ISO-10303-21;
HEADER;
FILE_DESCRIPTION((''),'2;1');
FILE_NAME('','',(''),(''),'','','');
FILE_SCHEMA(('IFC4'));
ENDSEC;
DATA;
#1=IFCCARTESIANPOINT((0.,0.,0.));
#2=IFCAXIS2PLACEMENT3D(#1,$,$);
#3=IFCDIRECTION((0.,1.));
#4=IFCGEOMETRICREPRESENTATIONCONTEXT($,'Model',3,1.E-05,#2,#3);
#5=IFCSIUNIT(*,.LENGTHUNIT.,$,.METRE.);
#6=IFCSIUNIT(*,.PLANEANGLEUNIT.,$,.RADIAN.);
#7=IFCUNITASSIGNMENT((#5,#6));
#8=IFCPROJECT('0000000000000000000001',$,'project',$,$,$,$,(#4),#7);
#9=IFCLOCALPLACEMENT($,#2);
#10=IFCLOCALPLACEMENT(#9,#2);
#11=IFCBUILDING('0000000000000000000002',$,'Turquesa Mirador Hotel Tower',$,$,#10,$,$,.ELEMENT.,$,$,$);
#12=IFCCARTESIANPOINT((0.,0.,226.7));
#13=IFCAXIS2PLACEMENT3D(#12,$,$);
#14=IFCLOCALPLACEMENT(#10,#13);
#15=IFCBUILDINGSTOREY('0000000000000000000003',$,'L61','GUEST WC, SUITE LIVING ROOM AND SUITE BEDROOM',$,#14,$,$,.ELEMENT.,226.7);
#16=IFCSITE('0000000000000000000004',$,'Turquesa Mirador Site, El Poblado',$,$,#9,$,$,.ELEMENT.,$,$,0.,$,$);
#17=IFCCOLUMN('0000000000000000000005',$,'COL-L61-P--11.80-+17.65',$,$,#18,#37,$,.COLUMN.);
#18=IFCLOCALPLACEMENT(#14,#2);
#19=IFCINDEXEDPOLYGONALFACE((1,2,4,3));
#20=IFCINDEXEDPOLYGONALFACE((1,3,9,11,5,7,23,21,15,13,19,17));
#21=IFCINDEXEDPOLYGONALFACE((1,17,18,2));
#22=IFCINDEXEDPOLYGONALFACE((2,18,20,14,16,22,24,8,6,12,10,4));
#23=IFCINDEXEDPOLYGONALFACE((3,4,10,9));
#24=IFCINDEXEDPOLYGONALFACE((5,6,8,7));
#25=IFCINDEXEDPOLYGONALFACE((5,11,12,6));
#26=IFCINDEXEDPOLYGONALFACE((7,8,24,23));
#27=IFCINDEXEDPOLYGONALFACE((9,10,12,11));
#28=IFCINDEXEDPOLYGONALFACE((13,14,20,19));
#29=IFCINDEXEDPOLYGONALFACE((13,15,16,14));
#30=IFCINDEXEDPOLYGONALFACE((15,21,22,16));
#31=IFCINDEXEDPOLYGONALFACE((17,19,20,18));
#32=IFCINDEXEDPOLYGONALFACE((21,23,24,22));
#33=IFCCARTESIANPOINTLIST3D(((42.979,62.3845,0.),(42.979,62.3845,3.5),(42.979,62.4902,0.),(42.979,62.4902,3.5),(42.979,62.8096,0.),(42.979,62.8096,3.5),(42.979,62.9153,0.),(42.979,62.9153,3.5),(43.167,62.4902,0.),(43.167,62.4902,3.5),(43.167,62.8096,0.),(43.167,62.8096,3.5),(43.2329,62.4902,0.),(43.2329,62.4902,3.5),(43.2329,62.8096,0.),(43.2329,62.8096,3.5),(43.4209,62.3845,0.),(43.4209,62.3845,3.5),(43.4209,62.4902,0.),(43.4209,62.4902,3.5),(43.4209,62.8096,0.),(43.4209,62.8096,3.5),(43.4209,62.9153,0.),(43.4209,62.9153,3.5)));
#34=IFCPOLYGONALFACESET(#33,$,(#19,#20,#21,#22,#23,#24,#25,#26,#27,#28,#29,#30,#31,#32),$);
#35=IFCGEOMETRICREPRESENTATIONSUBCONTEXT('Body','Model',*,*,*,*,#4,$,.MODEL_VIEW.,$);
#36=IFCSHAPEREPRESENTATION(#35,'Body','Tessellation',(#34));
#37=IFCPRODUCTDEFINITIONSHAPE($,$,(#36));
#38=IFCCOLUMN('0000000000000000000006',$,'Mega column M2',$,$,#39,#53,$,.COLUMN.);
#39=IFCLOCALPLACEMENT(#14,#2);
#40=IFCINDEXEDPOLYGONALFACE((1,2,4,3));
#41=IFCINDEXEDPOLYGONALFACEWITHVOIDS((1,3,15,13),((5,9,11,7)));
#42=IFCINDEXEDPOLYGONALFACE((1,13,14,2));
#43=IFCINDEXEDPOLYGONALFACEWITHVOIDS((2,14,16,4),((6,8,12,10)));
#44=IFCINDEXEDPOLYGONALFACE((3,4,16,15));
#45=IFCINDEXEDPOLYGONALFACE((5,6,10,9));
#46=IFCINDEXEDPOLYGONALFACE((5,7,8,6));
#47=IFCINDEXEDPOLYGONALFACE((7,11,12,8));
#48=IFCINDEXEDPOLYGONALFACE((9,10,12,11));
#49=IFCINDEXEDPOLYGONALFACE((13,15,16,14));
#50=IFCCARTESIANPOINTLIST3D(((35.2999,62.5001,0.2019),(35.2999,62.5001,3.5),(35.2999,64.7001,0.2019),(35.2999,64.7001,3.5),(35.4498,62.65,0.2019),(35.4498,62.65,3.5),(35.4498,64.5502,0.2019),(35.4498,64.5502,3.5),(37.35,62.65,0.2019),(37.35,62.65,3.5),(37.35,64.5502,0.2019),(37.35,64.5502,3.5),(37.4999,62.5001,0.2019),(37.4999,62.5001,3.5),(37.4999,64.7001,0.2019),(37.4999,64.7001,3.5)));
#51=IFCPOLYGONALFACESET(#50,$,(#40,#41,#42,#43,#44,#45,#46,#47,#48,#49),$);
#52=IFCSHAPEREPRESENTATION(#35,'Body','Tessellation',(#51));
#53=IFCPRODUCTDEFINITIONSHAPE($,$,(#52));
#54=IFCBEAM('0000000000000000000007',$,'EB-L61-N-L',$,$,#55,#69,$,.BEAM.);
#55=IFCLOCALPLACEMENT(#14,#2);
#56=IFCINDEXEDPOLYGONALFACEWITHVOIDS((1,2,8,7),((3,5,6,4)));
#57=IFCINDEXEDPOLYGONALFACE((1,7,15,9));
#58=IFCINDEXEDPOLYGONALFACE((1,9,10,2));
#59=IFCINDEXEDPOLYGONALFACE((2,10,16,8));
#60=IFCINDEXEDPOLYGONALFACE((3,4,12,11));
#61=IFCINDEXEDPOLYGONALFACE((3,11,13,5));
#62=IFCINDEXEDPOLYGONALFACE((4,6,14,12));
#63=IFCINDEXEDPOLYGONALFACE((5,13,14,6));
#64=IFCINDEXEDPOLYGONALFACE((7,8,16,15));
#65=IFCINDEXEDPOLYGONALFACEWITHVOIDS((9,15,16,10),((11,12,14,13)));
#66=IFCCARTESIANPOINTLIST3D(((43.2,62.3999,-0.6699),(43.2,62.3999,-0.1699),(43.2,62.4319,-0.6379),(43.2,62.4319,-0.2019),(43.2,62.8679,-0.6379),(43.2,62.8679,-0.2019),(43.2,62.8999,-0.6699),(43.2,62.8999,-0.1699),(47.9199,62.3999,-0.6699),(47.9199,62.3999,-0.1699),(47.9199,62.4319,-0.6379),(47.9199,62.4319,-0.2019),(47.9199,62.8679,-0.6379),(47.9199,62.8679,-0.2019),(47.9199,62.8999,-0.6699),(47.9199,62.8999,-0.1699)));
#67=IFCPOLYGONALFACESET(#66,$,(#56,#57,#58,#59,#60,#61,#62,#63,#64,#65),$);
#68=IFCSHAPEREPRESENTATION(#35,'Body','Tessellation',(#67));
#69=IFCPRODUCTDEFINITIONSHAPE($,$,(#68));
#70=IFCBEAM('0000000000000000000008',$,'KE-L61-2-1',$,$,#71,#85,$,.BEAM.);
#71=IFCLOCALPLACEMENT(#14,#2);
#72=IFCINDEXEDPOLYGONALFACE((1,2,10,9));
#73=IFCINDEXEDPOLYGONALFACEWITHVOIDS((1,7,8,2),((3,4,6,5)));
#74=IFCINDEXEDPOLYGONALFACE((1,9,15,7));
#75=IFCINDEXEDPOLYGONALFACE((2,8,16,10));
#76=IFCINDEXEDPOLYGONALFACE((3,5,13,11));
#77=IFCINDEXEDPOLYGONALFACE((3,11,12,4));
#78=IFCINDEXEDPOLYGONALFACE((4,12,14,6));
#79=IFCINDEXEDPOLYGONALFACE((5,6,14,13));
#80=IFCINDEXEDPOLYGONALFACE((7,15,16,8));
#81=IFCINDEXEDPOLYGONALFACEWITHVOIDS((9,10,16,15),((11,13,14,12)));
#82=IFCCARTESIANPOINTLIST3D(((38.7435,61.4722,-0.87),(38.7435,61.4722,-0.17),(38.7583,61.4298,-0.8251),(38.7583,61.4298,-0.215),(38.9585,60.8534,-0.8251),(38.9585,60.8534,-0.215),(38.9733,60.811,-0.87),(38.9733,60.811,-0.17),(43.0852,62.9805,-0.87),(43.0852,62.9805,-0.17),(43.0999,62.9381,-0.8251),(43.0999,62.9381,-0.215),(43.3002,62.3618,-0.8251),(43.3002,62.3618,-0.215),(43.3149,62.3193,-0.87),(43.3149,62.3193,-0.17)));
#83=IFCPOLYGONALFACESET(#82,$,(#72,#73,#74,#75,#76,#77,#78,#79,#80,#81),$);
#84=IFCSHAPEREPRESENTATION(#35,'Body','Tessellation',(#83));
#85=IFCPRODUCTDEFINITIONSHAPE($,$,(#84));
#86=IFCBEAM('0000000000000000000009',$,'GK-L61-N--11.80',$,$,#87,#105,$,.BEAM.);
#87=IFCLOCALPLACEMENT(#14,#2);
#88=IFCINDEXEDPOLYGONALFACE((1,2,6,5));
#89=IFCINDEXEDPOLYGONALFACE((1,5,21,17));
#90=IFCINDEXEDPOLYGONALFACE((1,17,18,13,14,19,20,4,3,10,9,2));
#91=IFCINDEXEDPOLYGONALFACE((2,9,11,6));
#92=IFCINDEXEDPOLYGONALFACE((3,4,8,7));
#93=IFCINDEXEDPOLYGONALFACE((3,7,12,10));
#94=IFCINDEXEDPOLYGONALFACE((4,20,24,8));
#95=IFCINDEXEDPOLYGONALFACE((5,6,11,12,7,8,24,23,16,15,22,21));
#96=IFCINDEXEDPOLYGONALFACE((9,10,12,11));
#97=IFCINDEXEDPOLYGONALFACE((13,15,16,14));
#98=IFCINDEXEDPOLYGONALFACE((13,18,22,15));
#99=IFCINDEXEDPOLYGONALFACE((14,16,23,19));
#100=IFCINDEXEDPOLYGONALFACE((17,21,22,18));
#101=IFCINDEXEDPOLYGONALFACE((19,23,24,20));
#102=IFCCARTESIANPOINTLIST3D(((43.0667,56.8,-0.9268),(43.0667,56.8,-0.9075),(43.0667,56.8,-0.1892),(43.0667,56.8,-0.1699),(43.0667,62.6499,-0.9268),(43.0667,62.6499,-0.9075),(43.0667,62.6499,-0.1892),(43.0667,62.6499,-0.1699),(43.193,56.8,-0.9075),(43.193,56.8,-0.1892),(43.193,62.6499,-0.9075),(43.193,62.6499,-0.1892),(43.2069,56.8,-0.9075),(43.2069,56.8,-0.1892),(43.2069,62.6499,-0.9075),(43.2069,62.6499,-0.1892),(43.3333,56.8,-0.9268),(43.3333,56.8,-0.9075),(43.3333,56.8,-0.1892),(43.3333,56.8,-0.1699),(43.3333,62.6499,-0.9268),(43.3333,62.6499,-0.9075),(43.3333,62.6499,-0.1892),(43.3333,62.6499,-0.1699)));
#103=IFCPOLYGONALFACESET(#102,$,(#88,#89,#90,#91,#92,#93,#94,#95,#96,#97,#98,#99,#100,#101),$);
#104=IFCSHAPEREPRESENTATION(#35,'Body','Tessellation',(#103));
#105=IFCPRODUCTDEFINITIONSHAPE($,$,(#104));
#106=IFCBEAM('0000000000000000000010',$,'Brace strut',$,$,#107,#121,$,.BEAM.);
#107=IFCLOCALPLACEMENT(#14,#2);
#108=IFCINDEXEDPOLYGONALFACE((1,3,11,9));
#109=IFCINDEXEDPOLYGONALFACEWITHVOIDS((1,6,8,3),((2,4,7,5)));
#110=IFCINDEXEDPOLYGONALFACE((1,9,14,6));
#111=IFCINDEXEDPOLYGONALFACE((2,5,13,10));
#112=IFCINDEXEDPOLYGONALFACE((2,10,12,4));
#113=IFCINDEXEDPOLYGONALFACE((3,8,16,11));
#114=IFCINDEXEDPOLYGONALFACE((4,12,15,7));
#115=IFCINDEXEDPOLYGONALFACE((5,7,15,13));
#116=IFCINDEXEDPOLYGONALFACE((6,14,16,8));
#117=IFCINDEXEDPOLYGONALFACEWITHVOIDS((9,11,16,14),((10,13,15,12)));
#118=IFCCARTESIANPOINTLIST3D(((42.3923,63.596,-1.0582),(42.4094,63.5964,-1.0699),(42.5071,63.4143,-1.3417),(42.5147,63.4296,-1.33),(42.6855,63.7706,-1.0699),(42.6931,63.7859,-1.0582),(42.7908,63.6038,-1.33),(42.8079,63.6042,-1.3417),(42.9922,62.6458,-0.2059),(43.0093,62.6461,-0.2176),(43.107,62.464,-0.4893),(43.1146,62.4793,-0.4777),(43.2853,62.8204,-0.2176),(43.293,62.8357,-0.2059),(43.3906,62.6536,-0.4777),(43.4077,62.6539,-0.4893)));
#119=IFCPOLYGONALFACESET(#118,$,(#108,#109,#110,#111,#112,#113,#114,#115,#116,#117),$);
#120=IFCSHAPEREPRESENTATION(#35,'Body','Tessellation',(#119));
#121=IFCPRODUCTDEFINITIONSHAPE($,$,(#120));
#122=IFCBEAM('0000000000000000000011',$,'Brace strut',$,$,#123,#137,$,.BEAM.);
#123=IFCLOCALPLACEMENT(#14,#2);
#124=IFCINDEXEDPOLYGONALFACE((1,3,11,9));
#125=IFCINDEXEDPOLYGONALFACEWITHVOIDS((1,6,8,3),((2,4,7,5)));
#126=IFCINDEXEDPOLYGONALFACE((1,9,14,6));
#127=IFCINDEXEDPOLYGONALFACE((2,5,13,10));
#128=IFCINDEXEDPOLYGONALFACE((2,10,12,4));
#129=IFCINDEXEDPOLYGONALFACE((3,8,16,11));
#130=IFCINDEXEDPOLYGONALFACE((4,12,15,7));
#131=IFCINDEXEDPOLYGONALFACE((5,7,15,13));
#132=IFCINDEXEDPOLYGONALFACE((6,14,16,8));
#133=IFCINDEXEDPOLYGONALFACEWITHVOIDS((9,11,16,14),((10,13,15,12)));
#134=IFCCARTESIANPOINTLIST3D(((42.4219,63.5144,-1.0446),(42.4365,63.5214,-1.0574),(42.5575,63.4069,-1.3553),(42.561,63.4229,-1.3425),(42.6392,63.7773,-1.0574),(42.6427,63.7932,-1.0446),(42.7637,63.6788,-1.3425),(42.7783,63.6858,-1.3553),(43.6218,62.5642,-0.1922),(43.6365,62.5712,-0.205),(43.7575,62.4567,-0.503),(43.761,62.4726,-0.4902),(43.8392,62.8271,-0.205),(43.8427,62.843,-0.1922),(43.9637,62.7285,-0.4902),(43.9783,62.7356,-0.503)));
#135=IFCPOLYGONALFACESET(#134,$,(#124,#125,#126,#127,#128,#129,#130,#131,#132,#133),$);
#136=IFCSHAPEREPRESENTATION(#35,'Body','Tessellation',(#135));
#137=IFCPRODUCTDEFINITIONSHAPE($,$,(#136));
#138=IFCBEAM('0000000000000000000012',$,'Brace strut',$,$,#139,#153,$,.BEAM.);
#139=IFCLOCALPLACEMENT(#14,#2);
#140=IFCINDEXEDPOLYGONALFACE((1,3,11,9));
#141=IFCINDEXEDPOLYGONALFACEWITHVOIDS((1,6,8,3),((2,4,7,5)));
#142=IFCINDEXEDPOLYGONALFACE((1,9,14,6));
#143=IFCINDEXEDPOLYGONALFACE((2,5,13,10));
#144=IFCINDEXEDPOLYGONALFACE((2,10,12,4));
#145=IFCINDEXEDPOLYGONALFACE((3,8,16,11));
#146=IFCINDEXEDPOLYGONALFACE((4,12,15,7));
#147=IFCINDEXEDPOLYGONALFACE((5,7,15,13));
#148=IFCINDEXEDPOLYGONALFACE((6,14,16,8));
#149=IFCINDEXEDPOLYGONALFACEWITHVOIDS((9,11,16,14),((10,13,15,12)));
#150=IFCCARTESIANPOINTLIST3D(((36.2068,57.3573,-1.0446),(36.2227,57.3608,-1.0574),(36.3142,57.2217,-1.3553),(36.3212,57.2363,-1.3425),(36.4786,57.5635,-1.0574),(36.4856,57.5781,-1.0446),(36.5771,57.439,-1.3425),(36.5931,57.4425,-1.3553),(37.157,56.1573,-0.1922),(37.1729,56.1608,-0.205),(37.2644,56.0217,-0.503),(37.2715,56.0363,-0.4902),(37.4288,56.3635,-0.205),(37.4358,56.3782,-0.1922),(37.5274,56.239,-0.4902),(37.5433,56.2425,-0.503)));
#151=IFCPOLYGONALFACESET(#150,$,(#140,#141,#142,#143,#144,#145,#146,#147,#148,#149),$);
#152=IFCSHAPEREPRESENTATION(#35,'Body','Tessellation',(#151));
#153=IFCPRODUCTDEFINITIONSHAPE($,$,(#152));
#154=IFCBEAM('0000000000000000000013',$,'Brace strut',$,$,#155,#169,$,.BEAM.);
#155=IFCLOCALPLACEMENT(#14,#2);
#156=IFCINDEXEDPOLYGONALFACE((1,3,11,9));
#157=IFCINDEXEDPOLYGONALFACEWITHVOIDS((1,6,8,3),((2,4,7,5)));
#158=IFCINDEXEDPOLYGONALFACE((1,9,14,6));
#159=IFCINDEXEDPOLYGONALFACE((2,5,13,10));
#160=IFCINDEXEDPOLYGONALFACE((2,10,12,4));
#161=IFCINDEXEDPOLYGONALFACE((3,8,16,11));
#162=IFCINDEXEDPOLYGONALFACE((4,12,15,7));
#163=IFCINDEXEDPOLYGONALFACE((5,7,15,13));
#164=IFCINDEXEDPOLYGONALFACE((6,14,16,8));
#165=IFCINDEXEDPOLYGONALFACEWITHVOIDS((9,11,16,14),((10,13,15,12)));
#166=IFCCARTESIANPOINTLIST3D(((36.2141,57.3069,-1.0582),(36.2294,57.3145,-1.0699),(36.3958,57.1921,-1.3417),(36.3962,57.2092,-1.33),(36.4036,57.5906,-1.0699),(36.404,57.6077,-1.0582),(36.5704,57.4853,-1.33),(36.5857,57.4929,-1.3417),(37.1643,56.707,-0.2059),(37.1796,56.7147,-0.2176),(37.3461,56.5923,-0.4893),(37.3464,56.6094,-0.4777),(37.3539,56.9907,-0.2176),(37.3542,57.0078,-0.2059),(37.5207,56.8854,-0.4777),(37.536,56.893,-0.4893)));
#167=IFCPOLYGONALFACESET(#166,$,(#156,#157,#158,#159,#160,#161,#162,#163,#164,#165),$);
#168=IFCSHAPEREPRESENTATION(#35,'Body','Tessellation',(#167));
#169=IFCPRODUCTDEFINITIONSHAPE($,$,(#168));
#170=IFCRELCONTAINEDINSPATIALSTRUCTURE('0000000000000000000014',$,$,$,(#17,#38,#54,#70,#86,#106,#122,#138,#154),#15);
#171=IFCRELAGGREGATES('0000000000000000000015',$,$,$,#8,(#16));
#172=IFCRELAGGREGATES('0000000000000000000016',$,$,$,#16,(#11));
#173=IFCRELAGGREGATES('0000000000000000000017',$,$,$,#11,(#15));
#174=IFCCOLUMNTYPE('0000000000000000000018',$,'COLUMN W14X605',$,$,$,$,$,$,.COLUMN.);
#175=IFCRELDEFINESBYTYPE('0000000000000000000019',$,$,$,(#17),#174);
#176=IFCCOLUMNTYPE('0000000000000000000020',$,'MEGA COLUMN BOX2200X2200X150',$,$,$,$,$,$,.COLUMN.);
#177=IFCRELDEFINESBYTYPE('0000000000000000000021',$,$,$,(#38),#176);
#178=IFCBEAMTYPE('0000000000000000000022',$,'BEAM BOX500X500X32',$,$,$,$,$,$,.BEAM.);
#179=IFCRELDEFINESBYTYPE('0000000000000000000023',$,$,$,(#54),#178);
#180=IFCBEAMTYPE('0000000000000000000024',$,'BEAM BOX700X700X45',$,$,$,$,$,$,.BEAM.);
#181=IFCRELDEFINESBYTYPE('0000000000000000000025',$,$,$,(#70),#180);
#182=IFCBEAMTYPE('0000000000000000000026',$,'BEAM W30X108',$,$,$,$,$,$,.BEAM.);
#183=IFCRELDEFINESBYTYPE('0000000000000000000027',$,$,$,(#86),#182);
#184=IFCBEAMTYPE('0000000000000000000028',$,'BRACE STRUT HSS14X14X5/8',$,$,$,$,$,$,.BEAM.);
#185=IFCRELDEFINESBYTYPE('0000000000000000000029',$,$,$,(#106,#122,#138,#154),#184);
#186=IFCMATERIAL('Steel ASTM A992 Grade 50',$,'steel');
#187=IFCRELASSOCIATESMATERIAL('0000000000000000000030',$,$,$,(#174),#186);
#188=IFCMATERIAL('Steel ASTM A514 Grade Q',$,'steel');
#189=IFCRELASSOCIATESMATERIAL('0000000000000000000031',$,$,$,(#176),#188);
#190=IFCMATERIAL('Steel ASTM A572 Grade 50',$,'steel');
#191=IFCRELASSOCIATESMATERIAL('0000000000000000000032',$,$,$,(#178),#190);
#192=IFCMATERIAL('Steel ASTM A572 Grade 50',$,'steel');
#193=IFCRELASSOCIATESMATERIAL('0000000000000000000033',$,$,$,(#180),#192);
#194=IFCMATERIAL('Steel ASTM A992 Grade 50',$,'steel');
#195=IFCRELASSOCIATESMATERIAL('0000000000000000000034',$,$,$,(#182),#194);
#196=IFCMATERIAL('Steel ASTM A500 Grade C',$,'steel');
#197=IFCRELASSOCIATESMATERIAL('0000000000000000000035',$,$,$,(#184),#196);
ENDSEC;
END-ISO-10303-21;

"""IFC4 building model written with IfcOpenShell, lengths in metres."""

from ifc_helpers import new_model, si_unit, direction, frame, origin, origin_2d, place, context, subcontext, project, spatial, hollow_rectangle, i_section, extrude, clip, halfspace, material, material_profile, profile_set, type_object, element, save


model = new_model("IFC4")

# Units and contexts
model_context = context("Model", 3, precision=1e-05, world=origin(), true_north=direction((0.0, 1.0)))
body_context = subcontext(model_context, "Body", "Model", "MODEL_VIEW")
ifc_project = project(units=[si_unit("LENGTHUNIT", "METRE"), si_unit("PLANEANGLEUNIT", "RADIAN")], contexts=[model_context])

# Site, building, storey
site_placement = place(None, origin())
site = spatial("IfcSite", under=ifc_project, at=site_placement, Name="Turquesa Mirador Site, El Poblado", CompositionType="ELEMENT", RefElevation=0.0)
building_placement = place(site_placement, origin())
building = spatial("IfcBuilding", under=site, at=building_placement, Name="Turquesa Mirador Hotel Tower", CompositionType="ELEMENT")
storey_placement = place(building_placement, frame((0.0, 0.0, 226.7)))
storey = spatial("IfcBuildingStorey", under=building, at=storey_placement, Name="L61", Description="GUEST WC, SUITE LIVING ROOM AND SUITE BEDROOM", CompositionType="ELEMENT", Elevation=226.7)

# Columns
ifc_material_1 = material(Name="Steel ASTM A992 Grade 50", Category="steel")
ifc_material_profile_1 = material_profile(ifc_material_1, i_section(OverallWidth=0.4419, OverallDepth=0.5308, WebThickness=0.0659, FlangeThickness=0.1057, at=origin_2d()), Name="W14X605")
ifc_profile_set_1 = profile_set([ifc_material_profile_1], Name="Steel ASTM A992 Grade 50")
column_type_1 = type_object("IfcColumnType", Name="COLUMN W14X605", PredefinedType="COLUMN", material=ifc_profile_set_1)
column_1_placement = place(storey_placement, frame((43.2, 62.6499, 0.0), z_axis=(0.0, 0.0, 1.0), x_axis=(1.0, 0.0, 0.0)))
element("IfcColumn", 1, at=column_1_placement, inside=storey, type_object=column_type_1, Name="COL-L61-P--11.80-+17.65", PredefinedType="COLUMN", context=body_context, shape_type="SweptSolid", body=[
    extrude(i_section(OverallWidth=0.4419, OverallDepth=0.5308, WebThickness=0.0659, FlangeThickness=0.1057, at=origin_2d()), origin(), (0.0, 0.0, 1.0), 3.5),
])
ifc_material_2 = material(Name="Steel ASTM A514 Grade Q", Category="steel")
ifc_material_profile_2 = material_profile(ifc_material_2, hollow_rectangle(XDim=2.2, YDim=2.2, WallThickness=0.1499, at=origin_2d()), Name="BOX2200X2200X150")
ifc_profile_set_2 = profile_set([ifc_material_profile_2], Name="Steel ASTM A514 Grade Q")
column_type_2 = type_object("IfcColumnType", Name="MEGA COLUMN BOX2200X2200X150", PredefinedType="COLUMN", material=ifc_profile_set_2)
column_2_placement = place(storey_placement, frame((36.3999, 63.6001, 0.0), z_axis=(0.0, 0.0, 1.0), x_axis=(1.0, 0.0, 0.0)))
element("IfcColumn", 2, at=column_2_placement, inside=storey, type_object=column_type_2, Name="Mega column M2", PredefinedType="COLUMN", context=body_context, shape_type="Clipping", body=[
    clip(extrude(hollow_rectangle(XDim=2.2, YDim=2.2, WallThickness=0.1499, at=origin_2d()), origin(), (0.0, 0.0, 1.0), 3.5), halfspace(frame((0.0, 0.0, 0.2019), z_axis=(0.0, 0.0, -1.0), x_axis=(1.0, 0.0, 0.0)), False)),
])

# Beams
ifc_material_3 = material(Name="Steel ASTM A572 Grade 50", Category="steel")
ifc_material_profile_3 = material_profile(ifc_material_3, hollow_rectangle(XDim=0.5, YDim=0.5, WallThickness=0.032, at=origin_2d()), Name="BOX500X500X32")
ifc_profile_set_3 = profile_set([ifc_material_profile_3], Name="Steel ASTM A572 Grade 50")
beam_type_1 = type_object("IfcBeamType", Name="BEAM BOX500X500X32", PredefinedType="BEAM", material=ifc_profile_set_3)
beam_1_placement = place(storey_placement, frame((43.2, 62.6499, -0.4199), z_axis=(1.0, 0.0, 0.0), x_axis=(0.0, 1.0, 0.0)))
element("IfcBeam", 3, at=beam_1_placement, inside=storey, type_object=beam_type_1, Name="EB-L61-N-L", PredefinedType="BEAM", context=body_context, shape_type="SweptSolid", body=[
    extrude(hollow_rectangle(XDim=0.5, YDim=0.5, WallThickness=0.032, at=origin_2d()), origin(), (0.0, 0.0, 1.0), 4.72),
])
ifc_material_4 = material(Name="Steel ASTM A572 Grade 50", Category="steel")
ifc_material_profile_4 = material_profile(ifc_material_4, hollow_rectangle(XDim=0.7, YDim=0.7, WallThickness=0.0449, at=origin_2d()), Name="BOX700X700X45")
ifc_profile_set_4 = profile_set([ifc_material_profile_4], Name="Steel ASTM A572 Grade 50")
beam_type_2 = type_object("IfcBeamType", Name="BEAM BOX700X700X45", PredefinedType="BEAM", material=ifc_profile_set_4)
beam_2_placement = place(storey_placement, frame((38.8584, 61.1416, -0.52), z_axis=(0.944619, 0.32817, 0.0), x_axis=(-0.32817, 0.944619, 0.0)))
element("IfcBeam", 4, at=beam_2_placement, inside=storey, type_object=beam_type_2, Name="KE-L61-2-1", PredefinedType="BEAM", context=body_context, shape_type="SweptSolid", body=[
    extrude(hollow_rectangle(XDim=0.7, YDim=0.7, WallThickness=0.0449, at=origin_2d()), origin(), (0.0, 0.0, 1.0), 4.5962),
])
ifc_material_5 = material(Name="Steel ASTM A992 Grade 50", Category="steel")
ifc_material_profile_5 = material_profile(ifc_material_5, i_section(OverallWidth=0.2666, OverallDepth=0.7568, WebThickness=0.0139, FlangeThickness=0.0193, at=origin_2d()), Name="W30X108")
ifc_profile_set_5 = profile_set([ifc_material_profile_5], Name="Steel ASTM A992 Grade 50")
beam_type_3 = type_object("IfcBeamType", Name="BEAM W30X108", PredefinedType="BEAM", material=ifc_profile_set_5)
beam_3_placement = place(storey_placement, frame((43.2, 62.6499, -0.5483), z_axis=(0.0, -1.0, 0.0), x_axis=(1.0, 0.0, 0.0)))
element("IfcBeam", 5, at=beam_3_placement, inside=storey, type_object=beam_type_3, Name="GK-L61-N--11.80", PredefinedType="BEAM", context=body_context, shape_type="SweptSolid", body=[
    extrude(i_section(OverallWidth=0.2666, OverallDepth=0.7568, WebThickness=0.0139, FlangeThickness=0.0193, at=origin_2d()), origin(), (0.0, 0.0, 1.0), 5.8499),
])
ifc_material_6 = material(Name="Steel ASTM A500 Grade C", Category="steel")
ifc_material_profile_6 = material_profile(ifc_material_6, hollow_rectangle(XDim=0.3557, YDim=0.3557, WallThickness=0.0146, at=origin_2d()), Name="HSS14X14X5/8")
ifc_profile_set_6 = profile_set([ifc_material_profile_6], Name="Steel ASTM A500 Grade C")
beam_type_4 = type_object("IfcBeamType", Name="BRACE STRUT HSS14X14X5/8", PredefinedType="BEAM", material=ifc_profile_set_6)
beam_4_placement = place(storey_placement, frame((42.6001, 63.6001, -1.2), z_axis=(0.425321, -0.673728, 0.604312), x_axis=(0.845597, 0.533821, 0.0)))
element("IfcBeam", 6, at=beam_4_placement, inside=storey, type_object=beam_type_4, Name="Brace strut", PredefinedType="BEAM", context=body_context, shape_type="SweptSolid", body=[
    extrude(hollow_rectangle(XDim=0.3557, YDim=0.3557, WallThickness=0.0146, at=origin_2d()), origin(), (0.0, 0.0, 1.0), 1.4104),
])
for number, where, z_axis, x_axis, name in (
    (7, (42.6001, 63.6001, -1.2), (0.684942, -0.542379, 0.486497), (0.620797, 0.783971, 0.0), "Brace strut"),
    (8, (36.3999, 57.3999, -1.2), (0.542379, -0.684942, 0.486497), (0.783971, 0.620797, 0.0), "Brace strut"),
):
    element("IfcBeam", number, at=place(storey_placement, frame(where, z_axis=z_axis, x_axis=x_axis)), inside=storey, type_object=beam_type_4, Name=name, PredefinedType="BEAM", context=body_context, shape_type="SweptSolid", body=[
        extrude(hollow_rectangle(XDim=0.3557, YDim=0.3557, WallThickness=0.0146, at=origin_2d()), origin(), (0.0, 0.0, 1.0), 1.752),
    ])
beam_5_placement = place(storey_placement, frame((36.3999, 57.3999, -1.2), z_axis=(0.673728, -0.425321, 0.604312), x_axis=(0.533821, 0.845597, 0.0)))
element("IfcBeam", 9, at=beam_5_placement, inside=storey, type_object=beam_type_4, Name="Brace strut", PredefinedType="BEAM", context=body_context, shape_type="SweptSolid", body=[
    extrude(hollow_rectangle(XDim=0.3557, YDim=0.3557, WallThickness=0.0146, at=origin_2d()), origin(), (0.0, 0.0, 1.0), 1.4104),
])

save(model, "model.ifc")
